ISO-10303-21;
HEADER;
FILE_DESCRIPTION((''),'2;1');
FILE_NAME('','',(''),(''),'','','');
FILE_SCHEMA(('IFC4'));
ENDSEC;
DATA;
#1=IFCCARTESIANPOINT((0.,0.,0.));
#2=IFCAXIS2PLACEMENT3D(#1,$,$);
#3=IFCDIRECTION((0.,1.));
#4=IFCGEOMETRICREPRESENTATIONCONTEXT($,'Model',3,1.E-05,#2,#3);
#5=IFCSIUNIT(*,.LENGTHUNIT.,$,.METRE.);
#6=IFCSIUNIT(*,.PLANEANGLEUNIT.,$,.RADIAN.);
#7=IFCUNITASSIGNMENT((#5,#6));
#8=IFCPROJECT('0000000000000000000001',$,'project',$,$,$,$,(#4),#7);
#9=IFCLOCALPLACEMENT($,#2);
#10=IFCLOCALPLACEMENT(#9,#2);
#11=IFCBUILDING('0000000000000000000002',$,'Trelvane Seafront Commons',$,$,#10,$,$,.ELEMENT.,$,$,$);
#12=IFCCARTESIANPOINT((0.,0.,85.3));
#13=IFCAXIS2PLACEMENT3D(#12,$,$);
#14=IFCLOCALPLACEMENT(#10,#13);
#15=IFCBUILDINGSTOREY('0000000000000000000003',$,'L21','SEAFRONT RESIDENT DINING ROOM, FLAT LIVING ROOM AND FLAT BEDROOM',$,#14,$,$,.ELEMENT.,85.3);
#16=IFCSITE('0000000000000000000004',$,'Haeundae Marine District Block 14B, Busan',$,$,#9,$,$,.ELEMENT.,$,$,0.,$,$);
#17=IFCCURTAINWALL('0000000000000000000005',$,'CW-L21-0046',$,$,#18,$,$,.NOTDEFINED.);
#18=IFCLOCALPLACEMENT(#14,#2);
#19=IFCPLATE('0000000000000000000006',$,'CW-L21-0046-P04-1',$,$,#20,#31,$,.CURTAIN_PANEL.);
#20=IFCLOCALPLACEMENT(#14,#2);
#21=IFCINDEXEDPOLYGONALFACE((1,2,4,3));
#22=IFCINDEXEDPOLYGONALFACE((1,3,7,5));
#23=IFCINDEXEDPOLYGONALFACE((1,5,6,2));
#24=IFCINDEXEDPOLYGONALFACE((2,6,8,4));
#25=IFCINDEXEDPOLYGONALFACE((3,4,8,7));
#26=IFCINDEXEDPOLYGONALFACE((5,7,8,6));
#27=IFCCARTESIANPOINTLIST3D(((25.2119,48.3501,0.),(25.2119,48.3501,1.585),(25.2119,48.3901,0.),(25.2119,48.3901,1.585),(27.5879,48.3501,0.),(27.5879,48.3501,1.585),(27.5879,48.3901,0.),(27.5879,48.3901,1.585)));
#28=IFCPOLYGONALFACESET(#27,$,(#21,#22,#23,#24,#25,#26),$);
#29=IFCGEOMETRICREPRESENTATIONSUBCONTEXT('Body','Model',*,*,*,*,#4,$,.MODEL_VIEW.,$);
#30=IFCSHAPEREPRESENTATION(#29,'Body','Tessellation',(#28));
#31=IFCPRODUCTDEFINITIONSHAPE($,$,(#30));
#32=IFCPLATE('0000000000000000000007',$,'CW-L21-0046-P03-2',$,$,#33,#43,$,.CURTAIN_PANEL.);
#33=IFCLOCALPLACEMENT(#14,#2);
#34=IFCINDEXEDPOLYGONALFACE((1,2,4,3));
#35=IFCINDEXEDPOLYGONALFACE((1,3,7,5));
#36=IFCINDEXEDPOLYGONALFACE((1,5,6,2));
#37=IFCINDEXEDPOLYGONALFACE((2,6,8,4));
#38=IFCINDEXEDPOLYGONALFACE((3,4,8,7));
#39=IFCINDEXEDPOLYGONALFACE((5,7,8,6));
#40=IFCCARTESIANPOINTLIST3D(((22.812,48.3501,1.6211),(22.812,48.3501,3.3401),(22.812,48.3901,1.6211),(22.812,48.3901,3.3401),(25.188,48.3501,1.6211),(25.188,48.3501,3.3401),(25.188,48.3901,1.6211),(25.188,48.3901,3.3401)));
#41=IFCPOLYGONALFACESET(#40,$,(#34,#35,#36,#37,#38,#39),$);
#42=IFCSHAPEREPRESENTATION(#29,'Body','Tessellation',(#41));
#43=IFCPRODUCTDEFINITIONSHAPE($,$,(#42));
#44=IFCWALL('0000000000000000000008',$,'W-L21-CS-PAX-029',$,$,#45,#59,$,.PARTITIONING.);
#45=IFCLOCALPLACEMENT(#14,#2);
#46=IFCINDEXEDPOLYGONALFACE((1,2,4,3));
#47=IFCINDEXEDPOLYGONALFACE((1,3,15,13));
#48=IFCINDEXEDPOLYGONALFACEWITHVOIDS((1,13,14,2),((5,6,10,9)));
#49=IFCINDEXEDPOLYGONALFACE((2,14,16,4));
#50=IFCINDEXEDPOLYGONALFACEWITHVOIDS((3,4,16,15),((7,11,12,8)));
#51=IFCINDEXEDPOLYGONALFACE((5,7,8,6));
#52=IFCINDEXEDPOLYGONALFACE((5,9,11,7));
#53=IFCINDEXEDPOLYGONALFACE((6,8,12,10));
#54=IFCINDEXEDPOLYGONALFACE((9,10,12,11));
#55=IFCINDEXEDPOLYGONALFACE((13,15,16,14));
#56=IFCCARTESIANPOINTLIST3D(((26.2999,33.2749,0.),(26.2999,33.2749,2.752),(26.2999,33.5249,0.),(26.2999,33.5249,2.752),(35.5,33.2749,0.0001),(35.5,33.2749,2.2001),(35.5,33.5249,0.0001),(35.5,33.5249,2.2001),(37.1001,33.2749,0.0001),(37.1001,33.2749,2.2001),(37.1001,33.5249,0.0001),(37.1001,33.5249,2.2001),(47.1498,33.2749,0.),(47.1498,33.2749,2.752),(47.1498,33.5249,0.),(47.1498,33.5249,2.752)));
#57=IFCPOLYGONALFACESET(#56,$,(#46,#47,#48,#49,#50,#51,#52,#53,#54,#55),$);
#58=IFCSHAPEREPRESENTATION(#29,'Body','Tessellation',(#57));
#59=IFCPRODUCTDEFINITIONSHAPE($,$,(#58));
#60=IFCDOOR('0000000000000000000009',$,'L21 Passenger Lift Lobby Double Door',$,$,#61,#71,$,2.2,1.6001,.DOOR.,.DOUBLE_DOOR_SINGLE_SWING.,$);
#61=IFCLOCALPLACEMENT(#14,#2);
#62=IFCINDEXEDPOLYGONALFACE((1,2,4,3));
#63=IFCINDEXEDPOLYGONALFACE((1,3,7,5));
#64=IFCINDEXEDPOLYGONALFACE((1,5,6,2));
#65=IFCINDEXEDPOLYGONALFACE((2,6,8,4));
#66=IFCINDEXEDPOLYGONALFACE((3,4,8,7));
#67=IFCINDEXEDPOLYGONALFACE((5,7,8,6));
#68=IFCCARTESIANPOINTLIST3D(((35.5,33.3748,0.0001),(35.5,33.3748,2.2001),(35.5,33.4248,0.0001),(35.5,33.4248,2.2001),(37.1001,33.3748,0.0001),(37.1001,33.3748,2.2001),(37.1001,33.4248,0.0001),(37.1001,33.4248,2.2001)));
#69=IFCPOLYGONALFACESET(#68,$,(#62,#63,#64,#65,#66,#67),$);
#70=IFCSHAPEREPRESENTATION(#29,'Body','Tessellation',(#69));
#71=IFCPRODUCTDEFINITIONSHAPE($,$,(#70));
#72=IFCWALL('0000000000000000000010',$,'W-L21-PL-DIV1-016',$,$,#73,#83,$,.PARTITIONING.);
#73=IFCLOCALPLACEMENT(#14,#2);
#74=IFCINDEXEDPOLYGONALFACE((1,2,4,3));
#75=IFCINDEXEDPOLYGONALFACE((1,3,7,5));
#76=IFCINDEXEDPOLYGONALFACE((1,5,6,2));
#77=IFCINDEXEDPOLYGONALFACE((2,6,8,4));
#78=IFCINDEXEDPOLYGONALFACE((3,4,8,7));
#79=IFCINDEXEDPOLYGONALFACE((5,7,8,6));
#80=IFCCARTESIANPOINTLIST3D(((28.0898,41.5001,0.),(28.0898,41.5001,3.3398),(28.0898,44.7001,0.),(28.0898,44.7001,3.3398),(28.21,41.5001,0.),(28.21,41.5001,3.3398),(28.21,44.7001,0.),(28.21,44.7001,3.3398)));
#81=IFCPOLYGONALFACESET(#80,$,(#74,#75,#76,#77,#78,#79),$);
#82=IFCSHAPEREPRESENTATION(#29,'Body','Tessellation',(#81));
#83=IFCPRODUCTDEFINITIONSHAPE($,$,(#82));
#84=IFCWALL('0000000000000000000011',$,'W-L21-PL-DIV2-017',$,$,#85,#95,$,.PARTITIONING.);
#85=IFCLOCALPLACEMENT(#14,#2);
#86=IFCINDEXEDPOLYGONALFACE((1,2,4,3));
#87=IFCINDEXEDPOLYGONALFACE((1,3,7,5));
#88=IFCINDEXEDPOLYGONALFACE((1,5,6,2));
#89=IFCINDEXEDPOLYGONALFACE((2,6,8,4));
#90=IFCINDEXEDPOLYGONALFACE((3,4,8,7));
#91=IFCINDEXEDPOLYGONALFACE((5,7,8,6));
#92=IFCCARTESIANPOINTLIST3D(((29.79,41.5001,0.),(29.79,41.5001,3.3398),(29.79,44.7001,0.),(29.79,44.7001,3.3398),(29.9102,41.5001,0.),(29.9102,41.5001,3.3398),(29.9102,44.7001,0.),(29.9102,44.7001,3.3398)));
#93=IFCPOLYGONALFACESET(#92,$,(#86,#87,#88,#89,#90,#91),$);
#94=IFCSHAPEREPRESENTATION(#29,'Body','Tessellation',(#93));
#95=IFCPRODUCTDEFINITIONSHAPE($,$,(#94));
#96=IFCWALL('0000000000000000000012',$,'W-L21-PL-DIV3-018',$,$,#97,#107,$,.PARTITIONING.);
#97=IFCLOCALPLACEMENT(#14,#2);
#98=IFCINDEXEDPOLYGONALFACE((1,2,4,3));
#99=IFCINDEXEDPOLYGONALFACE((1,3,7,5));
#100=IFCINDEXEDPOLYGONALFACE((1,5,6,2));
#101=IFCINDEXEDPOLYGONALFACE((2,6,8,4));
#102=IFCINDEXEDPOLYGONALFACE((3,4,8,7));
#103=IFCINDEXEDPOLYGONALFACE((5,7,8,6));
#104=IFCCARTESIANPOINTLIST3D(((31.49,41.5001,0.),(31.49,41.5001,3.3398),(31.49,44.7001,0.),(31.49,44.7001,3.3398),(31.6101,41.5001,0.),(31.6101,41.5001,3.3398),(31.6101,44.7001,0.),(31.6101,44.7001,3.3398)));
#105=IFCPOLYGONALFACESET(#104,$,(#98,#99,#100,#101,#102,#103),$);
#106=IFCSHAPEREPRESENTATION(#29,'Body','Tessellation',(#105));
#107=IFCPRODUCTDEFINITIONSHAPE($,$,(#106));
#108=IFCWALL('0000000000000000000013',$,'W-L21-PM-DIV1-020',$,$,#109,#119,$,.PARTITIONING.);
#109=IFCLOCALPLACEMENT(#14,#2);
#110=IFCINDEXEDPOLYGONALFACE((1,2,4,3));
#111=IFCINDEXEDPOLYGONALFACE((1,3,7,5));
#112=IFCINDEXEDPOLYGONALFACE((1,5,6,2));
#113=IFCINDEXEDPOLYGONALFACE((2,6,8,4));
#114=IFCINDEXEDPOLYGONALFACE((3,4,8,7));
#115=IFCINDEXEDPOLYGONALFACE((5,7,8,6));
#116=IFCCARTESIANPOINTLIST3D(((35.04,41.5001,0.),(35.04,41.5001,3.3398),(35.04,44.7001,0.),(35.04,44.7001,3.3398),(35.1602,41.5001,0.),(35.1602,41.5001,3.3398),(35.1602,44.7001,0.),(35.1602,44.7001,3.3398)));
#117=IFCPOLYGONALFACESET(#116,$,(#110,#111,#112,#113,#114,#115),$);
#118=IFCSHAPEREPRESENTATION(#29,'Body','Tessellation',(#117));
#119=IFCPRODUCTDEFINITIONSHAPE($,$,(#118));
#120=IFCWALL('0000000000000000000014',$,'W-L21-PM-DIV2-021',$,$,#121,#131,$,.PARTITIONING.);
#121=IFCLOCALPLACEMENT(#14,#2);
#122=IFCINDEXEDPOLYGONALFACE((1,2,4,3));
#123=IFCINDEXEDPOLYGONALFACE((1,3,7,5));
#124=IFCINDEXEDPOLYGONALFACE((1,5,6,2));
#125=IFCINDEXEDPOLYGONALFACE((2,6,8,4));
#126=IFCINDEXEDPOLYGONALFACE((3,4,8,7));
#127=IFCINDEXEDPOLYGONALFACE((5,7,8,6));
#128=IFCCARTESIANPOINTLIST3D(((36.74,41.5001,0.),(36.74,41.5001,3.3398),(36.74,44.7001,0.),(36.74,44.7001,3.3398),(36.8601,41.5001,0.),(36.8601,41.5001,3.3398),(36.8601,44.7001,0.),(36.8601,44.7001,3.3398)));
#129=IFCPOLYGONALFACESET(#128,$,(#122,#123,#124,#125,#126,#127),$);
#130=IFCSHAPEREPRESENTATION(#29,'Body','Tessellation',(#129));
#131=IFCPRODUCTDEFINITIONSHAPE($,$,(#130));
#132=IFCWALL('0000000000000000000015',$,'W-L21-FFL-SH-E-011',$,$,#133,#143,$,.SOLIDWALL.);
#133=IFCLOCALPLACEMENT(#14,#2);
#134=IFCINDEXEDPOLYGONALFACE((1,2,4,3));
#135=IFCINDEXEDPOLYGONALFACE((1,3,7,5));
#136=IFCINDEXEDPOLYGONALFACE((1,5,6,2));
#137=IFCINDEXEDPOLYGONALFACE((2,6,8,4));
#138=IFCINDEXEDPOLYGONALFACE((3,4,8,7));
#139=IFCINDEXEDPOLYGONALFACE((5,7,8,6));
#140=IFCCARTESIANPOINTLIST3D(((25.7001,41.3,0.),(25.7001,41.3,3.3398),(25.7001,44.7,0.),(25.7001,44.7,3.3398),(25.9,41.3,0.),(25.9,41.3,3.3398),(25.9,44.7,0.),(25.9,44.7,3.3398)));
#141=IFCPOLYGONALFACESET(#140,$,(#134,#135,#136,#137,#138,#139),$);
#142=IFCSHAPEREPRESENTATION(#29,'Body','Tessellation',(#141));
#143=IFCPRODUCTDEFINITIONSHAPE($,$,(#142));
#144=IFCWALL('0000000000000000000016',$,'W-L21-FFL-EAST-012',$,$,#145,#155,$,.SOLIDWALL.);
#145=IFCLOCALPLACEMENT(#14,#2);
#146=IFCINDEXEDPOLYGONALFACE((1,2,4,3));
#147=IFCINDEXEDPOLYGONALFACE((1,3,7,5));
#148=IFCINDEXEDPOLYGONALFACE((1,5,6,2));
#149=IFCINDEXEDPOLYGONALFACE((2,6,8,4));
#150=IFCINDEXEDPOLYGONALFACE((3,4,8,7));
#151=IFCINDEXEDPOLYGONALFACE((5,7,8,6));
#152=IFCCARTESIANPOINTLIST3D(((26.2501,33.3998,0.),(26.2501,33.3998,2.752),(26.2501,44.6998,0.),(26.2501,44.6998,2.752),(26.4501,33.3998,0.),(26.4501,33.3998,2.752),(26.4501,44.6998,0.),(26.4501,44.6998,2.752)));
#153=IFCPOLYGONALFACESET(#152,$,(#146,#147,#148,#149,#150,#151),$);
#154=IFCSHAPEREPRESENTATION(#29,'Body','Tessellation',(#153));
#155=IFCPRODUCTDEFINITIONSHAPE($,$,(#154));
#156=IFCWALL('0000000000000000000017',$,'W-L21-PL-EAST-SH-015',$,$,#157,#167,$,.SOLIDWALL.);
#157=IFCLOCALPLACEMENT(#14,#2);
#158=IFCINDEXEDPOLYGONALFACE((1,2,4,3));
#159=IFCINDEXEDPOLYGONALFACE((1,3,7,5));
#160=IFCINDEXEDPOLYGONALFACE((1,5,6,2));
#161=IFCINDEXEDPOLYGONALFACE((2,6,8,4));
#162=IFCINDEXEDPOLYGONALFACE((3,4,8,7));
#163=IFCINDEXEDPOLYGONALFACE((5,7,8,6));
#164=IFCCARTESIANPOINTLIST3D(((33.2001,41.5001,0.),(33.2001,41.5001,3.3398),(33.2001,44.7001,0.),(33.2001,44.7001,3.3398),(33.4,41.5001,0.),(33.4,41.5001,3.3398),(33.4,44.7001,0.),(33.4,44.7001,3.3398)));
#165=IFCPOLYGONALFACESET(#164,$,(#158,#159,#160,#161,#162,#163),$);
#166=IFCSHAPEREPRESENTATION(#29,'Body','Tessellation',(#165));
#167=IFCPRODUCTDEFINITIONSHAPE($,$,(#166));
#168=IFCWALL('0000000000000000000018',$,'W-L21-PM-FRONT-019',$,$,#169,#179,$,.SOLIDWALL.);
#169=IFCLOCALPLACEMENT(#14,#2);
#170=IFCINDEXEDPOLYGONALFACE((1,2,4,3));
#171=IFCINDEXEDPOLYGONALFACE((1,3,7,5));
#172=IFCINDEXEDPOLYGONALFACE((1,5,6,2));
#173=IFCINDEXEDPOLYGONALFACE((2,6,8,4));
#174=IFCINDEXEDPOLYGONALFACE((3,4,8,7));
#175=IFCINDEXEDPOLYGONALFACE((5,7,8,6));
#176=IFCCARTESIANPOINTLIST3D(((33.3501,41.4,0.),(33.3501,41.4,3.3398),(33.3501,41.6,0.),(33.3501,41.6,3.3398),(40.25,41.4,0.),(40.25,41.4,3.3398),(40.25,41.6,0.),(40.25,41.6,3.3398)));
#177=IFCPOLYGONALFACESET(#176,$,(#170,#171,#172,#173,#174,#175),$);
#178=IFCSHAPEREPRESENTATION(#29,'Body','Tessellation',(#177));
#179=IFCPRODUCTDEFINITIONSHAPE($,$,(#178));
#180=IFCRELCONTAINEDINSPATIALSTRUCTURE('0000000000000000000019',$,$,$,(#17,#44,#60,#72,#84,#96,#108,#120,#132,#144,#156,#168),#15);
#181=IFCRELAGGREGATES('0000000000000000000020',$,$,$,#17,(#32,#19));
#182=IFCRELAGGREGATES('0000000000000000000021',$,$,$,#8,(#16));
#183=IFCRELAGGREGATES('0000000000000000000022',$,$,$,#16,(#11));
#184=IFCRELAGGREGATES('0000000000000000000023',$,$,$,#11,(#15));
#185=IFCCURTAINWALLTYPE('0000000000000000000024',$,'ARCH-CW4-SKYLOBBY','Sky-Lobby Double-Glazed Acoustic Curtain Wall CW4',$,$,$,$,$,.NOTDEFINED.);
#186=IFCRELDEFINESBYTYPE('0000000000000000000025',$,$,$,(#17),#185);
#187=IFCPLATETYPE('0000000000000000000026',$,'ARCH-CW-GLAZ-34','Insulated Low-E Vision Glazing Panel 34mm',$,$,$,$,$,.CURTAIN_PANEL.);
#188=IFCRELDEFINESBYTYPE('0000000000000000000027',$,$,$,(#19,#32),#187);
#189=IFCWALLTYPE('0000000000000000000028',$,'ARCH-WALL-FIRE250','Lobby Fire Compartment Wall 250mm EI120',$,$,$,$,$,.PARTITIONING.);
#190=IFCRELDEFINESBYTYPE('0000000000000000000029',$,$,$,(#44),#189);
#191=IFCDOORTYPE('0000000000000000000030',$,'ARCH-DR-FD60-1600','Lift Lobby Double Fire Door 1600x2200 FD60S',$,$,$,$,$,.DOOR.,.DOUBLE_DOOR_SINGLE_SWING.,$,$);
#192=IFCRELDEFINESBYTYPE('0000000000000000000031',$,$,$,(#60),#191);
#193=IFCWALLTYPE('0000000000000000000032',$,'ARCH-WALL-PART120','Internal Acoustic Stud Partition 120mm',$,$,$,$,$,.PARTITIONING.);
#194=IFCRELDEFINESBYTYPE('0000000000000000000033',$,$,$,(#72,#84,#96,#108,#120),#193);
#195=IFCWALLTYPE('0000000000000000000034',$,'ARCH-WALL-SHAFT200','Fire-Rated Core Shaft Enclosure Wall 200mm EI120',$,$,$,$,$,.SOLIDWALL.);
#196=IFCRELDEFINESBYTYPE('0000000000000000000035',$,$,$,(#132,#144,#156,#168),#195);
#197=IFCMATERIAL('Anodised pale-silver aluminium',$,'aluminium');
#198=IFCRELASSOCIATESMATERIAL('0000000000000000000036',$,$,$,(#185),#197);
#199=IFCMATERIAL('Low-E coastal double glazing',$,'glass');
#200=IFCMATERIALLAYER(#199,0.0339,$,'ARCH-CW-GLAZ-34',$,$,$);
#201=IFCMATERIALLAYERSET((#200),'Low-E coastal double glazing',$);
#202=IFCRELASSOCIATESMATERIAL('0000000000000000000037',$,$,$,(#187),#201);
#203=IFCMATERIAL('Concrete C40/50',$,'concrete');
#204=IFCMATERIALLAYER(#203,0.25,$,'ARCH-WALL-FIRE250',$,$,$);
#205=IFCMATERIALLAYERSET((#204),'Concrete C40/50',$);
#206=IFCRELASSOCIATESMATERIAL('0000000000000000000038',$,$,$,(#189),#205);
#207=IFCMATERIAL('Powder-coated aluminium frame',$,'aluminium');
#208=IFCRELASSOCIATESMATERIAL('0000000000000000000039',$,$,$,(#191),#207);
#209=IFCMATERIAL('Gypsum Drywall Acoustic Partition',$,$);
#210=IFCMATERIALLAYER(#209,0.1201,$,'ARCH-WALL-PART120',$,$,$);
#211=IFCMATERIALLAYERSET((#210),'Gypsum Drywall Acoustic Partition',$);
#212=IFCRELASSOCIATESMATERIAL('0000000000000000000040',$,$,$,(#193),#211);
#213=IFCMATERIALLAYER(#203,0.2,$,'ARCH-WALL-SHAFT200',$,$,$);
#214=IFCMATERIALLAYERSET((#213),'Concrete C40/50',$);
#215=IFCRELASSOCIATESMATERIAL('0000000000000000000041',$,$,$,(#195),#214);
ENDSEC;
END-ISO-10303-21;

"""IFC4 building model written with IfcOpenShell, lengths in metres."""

from ifc_helpers import new_model, si_unit, direction, frame, frame_2d, origin, origin_2d, place, context, subcontext, project, spatial, rectangle, extrude, source, transform, mapped, material, layer, layer_set, type_object, element, fill, aggregate, save


model = new_model("IFC4")

# Units and contexts
model_context = context("Model", 3, precision=1e-05, world=origin(), true_north=direction((0.0, 1.0)))
body_context = subcontext(model_context, "Body", "Model", "MODEL_VIEW")
ifc_project = project(units=[si_unit("LENGTHUNIT", "METRE"), si_unit("PLANEANGLEUNIT", "RADIAN")], contexts=[model_context])

# Site, building, storey
site_placement = place(None, origin())
site = spatial("IfcSite", under=ifc_project, at=site_placement, Name="Haeundae Marine District Block 14B, Busan", CompositionType="ELEMENT", RefElevation=0.0)
building_placement = place(site_placement, origin())
building = spatial("IfcBuilding", under=site, at=building_placement, Name="Trelvane Seafront Commons", CompositionType="ELEMENT")
storey_placement = place(building_placement, frame((0.0, 0.0, 85.3)))
storey = spatial("IfcBuildingStorey", under=building, at=storey_placement, Name="L21", Description="SEAFRONT RESIDENT DINING ROOM, FLAT LIVING ROOM AND FLAT BEDROOM", CompositionType="ELEMENT", Elevation=85.3)

# Curtain wall, plates
ifc_material_1 = material(Name="Anodised pale-silver aluminium", Category="aluminium")
curtain_wall_type = type_object("IfcCurtainWallType", Name="ARCH-CW4-SKYLOBBY", Description="Sky-Lobby Double-Glazed Acoustic Curtain Wall CW4", PredefinedType="NOTDEFINED", material=ifc_material_1)
curtain_wall_placement = place(storey_placement, origin())
curtain_wall = element("IfcCurtainWall", 1, at=curtain_wall_placement, inside=storey, type_object=curtain_wall_type, Name="CW-L21-0046", PredefinedType="NOTDEFINED")
ifc_material_2 = material(Name="Low-E coastal double glazing", Category="glass")
ifc_layer_1 = layer(ifc_material_2, 0.0339, Name="ARCH-CW-GLAZ-34")
ifc_layer_set_1 = layer_set([ifc_layer_1], Name="Low-E coastal double glazing")
plate_type = type_object("IfcPlateType", Name="ARCH-CW-GLAZ-34", Description="Insulated Low-E Vision Glazing Panel 34mm", PredefinedType="CURTAIN_PANEL", material=ifc_layer_set_1)
shared_shape_1 = source(origin(), body_context, "Body", "SweptSolid", [
    extrude(rectangle(XDim=2.376, YDim=0.04, at=origin_2d()), origin(), (0.0, 0.0, 1.0), 1.585),
])
plate_1_placement = place(storey_placement, frame((26.3999, 48.3701, 0.0), z_axis=(0.0, 0.0, 1.0), x_axis=(1.0, 0.0, 0.0)))
plate_1 = element("IfcPlate", 2, at=plate_1_placement, type_object=plate_type, Name="CW-L21-0046-P04-1", PredefinedType="CURTAIN_PANEL", context=body_context, shape_type="MappedRepresentation", body=[
    mapped(shared_shape_1, transform((0.0, 0.0, 0.0), x_axis=(1.0, 0.0, 0.0), y_axis=(0.0, 1.0, 0.0), z_axis=(0.0, 0.0, 1.0), scale=1.0)),
])
shared_shape_2 = source(origin(), body_context, "Body", "SweptSolid", [
    extrude(rectangle(XDim=2.376, YDim=0.04, at=origin_2d()), origin(), (0.0, 0.0, 1.0), 1.719),
])
plate_2_placement = place(storey_placement, frame((24.0, 48.3701, 1.6211), z_axis=(0.0, 0.0, 1.0), x_axis=(1.0, 0.0, 0.0)))
plate_2 = element("IfcPlate", 3, at=plate_2_placement, type_object=plate_type, Name="CW-L21-0046-P03-2", PredefinedType="CURTAIN_PANEL", context=body_context, shape_type="MappedRepresentation", body=[
    mapped(shared_shape_2, transform((0.0, 0.0, 0.0), x_axis=(1.0, 0.0, 0.0), y_axis=(0.0, 1.0, 0.0), z_axis=(0.0, 0.0, 1.0), scale=1.0)),
])
aggregate(curtain_wall, [plate_2, plate_1])

# Wall, opening, door
ifc_material_3 = material(Name="Concrete C40/50", Category="concrete")
ifc_layer_2 = layer(ifc_material_3, 0.25, Name="ARCH-WALL-FIRE250")
ifc_layer_set_2 = layer_set([ifc_layer_2], Name="Concrete C40/50")
wall_type_1 = type_object("IfcWallType", Name="ARCH-WALL-FIRE250", Description="Lobby Fire Compartment Wall 250mm EI120", PredefinedType="PARTITIONING", material=ifc_layer_set_2)
wall_1_placement = place(storey_placement, frame((26.3, 33.3999, 0.0), z_axis=(0.0, 0.0, 1.0), x_axis=(1.0, 0.0, 0.0)))
wall_1 = element("IfcWall", 4, at=wall_1_placement, inside=storey, type_object=wall_type_1, Name="W-L21-CS-PAX-029", PredefinedType="PARTITIONING", context=body_context, shape_type="SweptSolid", body=[
    extrude(rectangle(XDim=20.8499, YDim=0.25, at=frame_2d((10.4248, 0.0))), origin(), (0.0, 0.0, 1.0), 2.752),
])
opening_1_placement = place(wall_1_placement, frame((9.2, 0.0, 0.0)))
opening_1 = element("IfcOpeningElement", 5, at=opening_1_placement, cuts=wall_1, PredefinedType="OPENING", context=body_context, shape_type="SweptSolid", body=[
    extrude(rectangle(XDim=1.6001, YDim=2.2, at=frame_2d((0.8, 1.1001))), frame((0.0, 0.135, 0.0), z_axis=(0.0, -1.0, 0.0), x_axis=(1.0, 0.0, 0.0)), (0.0, 0.0, 1.0), 0.27),
])
ifc_material_4 = material(Name="Powder-coated aluminium frame", Category="aluminium")
door_type_1 = type_object("IfcDoorType", Name="ARCH-DR-FD60-1600", Description="Lift Lobby Double Fire Door 1600x2200 FD60S", OperationType="DOUBLE_DOOR_SINGLE_SWING", PredefinedType="DOOR", material=ifc_material_4)
shared_shape_3 = source(origin(), body_context, "Body", "SweptSolid", [
    extrude(rectangle(XDim=1.6001, YDim=2.2, at=frame_2d((0.8, 1.1001))), frame((0.0, 0.0249, 0.0), z_axis=(0.0, -1.0, 0.0), x_axis=(1.0, 0.0, 0.0)), (0.0, 0.0, 1.0), 0.05),
])
door_1_placement = place(opening_1_placement, origin())
door_1 = element("IfcDoor", 6, at=door_1_placement, inside=storey, type_object=door_type_1, Name="L21 Passenger Lift Lobby Double Door", OperationType="DOUBLE_DOOR_SINGLE_SWING", OverallHeight=2.2, OverallWidth=1.6001, PredefinedType="DOOR", context=body_context, shape_type="MappedRepresentation", body=[
    mapped(shared_shape_3, transform((0.0, 0.0, 0.0), x_axis=(1.0, 0.0, 0.0), y_axis=(0.0, 1.0, 0.0), z_axis=(0.0, 0.0, 1.0), scale=1.0)),
])
fill(opening_1, door_1)

# Walls
ifc_material_5 = material(Name="Gypsum Drywall Acoustic Partition")
ifc_layer_3 = layer(ifc_material_5, 0.1201, Name="ARCH-WALL-PART120")
ifc_layer_set_3 = layer_set([ifc_layer_3], Name="Gypsum Drywall Acoustic Partition")
wall_type_2 = type_object("IfcWallType", Name="ARCH-WALL-PART120", Description="Internal Acoustic Stud Partition 120mm", PredefinedType="PARTITIONING", material=ifc_layer_set_3)
for number, where, z_axis, x_axis, name in (
    (7, (28.1499, 41.5, 0.0), (0.0, 0.0, 1.0), (0.0, 1.0, 0.0), "W-L21-PL-DIV1-016"),
    (8, (29.8501, 41.5, 0.0), (0.0, 0.0, 1.0), (0.0, 1.0, 0.0), "W-L21-PL-DIV2-017"),
    (9, (31.55, 41.5, 0.0), (0.0, 0.0, 1.0), (0.0, 1.0, 0.0), "W-L21-PL-DIV3-018"),
    (10, (35.1001, 41.5, 0.0), (0.0, 0.0, 1.0), (0.0, 1.0, 0.0), "W-L21-PM-DIV1-020"),
    (11, (36.8, 41.5, 0.0), (0.0, 0.0, 1.0), (0.0, 1.0, 0.0), "W-L21-PM-DIV2-021"),
):
    element("IfcWall", number, at=place(storey_placement, frame(where, z_axis=z_axis, x_axis=x_axis)), inside=storey, type_object=wall_type_2, Name=name, PredefinedType="PARTITIONING", context=body_context, shape_type="SweptSolid", body=[
        extrude(rectangle(XDim=3.2, YDim=0.1201, at=frame_2d((1.6001, 0.0))), origin(), (0.0, 0.0, 1.0), 3.3398),
    ])

# Walls
ifc_layer_4 = layer(ifc_material_3, 0.2, Name="ARCH-WALL-SHAFT200")
ifc_layer_set_4 = layer_set([ifc_layer_4], Name="Concrete C40/50")
wall_type_3 = type_object("IfcWallType", Name="ARCH-WALL-SHAFT200", Description="Fire-Rated Core Shaft Enclosure Wall 200mm EI120", PredefinedType="SOLIDWALL", material=ifc_layer_set_4)
wall_2_placement = place(storey_placement, frame((25.8, 41.3, 0.0), z_axis=(0.0, 0.0, 1.0), x_axis=(0.0, 1.0, 0.0)))
element("IfcWall", 12, at=wall_2_placement, inside=storey, type_object=wall_type_3, Name="W-L21-FFL-SH-E-011", PredefinedType="SOLIDWALL", context=body_context, shape_type="SweptSolid", body=[
    extrude(rectangle(XDim=3.3999, YDim=0.2, at=frame_2d((1.7, 0.0))), origin(), (0.0, 0.0, 1.0), 3.3398),
])
wall_3_placement = place(storey_placement, frame((26.3501, 33.3999, 0.0), z_axis=(0.0, 0.0, 1.0), x_axis=(0.0, 1.0, 0.0)))
element("IfcWall", 13, at=wall_3_placement, inside=storey, type_object=wall_type_3, Name="W-L21-FFL-EAST-012", PredefinedType="SOLIDWALL", context=body_context, shape_type="SweptSolid", body=[
    extrude(rectangle(XDim=11.3, YDim=0.2, at=frame_2d((5.6499, 0.0))), origin(), (0.0, 0.0, 1.0), 2.752),
])

# Walls
wall_4_placement = place(storey_placement, frame((33.3, 41.5, 0.0), z_axis=(0.0, 0.0, 1.0), x_axis=(0.0, 1.0, 0.0)))
element("IfcWall", 14, at=wall_4_placement, inside=storey, type_object=wall_type_3, Name="W-L21-PL-EAST-SH-015", PredefinedType="SOLIDWALL", context=body_context, shape_type="SweptSolid", body=[
    extrude(rectangle(XDim=3.2, YDim=0.2, at=frame_2d((1.6001, 0.0))), origin(), (0.0, 0.0, 1.0), 3.3398),
])
wall_5_placement = place(storey_placement, frame((33.3501, 41.5, 0.0), z_axis=(0.0, 0.0, 1.0), x_axis=(1.0, 0.0, 0.0)))
element("IfcWall", 15, at=wall_5_placement, inside=storey, type_object=wall_type_3, Name="W-L21-PM-FRONT-019", PredefinedType="SOLIDWALL", context=body_context, shape_type="SweptSolid", body=[
    extrude(rectangle(XDim=6.8999, YDim=0.2, at=frame_2d((3.45, 0.0))), origin(), (0.0, 0.0, 1.0), 3.3398),
])

save(model, "model.ifc")
